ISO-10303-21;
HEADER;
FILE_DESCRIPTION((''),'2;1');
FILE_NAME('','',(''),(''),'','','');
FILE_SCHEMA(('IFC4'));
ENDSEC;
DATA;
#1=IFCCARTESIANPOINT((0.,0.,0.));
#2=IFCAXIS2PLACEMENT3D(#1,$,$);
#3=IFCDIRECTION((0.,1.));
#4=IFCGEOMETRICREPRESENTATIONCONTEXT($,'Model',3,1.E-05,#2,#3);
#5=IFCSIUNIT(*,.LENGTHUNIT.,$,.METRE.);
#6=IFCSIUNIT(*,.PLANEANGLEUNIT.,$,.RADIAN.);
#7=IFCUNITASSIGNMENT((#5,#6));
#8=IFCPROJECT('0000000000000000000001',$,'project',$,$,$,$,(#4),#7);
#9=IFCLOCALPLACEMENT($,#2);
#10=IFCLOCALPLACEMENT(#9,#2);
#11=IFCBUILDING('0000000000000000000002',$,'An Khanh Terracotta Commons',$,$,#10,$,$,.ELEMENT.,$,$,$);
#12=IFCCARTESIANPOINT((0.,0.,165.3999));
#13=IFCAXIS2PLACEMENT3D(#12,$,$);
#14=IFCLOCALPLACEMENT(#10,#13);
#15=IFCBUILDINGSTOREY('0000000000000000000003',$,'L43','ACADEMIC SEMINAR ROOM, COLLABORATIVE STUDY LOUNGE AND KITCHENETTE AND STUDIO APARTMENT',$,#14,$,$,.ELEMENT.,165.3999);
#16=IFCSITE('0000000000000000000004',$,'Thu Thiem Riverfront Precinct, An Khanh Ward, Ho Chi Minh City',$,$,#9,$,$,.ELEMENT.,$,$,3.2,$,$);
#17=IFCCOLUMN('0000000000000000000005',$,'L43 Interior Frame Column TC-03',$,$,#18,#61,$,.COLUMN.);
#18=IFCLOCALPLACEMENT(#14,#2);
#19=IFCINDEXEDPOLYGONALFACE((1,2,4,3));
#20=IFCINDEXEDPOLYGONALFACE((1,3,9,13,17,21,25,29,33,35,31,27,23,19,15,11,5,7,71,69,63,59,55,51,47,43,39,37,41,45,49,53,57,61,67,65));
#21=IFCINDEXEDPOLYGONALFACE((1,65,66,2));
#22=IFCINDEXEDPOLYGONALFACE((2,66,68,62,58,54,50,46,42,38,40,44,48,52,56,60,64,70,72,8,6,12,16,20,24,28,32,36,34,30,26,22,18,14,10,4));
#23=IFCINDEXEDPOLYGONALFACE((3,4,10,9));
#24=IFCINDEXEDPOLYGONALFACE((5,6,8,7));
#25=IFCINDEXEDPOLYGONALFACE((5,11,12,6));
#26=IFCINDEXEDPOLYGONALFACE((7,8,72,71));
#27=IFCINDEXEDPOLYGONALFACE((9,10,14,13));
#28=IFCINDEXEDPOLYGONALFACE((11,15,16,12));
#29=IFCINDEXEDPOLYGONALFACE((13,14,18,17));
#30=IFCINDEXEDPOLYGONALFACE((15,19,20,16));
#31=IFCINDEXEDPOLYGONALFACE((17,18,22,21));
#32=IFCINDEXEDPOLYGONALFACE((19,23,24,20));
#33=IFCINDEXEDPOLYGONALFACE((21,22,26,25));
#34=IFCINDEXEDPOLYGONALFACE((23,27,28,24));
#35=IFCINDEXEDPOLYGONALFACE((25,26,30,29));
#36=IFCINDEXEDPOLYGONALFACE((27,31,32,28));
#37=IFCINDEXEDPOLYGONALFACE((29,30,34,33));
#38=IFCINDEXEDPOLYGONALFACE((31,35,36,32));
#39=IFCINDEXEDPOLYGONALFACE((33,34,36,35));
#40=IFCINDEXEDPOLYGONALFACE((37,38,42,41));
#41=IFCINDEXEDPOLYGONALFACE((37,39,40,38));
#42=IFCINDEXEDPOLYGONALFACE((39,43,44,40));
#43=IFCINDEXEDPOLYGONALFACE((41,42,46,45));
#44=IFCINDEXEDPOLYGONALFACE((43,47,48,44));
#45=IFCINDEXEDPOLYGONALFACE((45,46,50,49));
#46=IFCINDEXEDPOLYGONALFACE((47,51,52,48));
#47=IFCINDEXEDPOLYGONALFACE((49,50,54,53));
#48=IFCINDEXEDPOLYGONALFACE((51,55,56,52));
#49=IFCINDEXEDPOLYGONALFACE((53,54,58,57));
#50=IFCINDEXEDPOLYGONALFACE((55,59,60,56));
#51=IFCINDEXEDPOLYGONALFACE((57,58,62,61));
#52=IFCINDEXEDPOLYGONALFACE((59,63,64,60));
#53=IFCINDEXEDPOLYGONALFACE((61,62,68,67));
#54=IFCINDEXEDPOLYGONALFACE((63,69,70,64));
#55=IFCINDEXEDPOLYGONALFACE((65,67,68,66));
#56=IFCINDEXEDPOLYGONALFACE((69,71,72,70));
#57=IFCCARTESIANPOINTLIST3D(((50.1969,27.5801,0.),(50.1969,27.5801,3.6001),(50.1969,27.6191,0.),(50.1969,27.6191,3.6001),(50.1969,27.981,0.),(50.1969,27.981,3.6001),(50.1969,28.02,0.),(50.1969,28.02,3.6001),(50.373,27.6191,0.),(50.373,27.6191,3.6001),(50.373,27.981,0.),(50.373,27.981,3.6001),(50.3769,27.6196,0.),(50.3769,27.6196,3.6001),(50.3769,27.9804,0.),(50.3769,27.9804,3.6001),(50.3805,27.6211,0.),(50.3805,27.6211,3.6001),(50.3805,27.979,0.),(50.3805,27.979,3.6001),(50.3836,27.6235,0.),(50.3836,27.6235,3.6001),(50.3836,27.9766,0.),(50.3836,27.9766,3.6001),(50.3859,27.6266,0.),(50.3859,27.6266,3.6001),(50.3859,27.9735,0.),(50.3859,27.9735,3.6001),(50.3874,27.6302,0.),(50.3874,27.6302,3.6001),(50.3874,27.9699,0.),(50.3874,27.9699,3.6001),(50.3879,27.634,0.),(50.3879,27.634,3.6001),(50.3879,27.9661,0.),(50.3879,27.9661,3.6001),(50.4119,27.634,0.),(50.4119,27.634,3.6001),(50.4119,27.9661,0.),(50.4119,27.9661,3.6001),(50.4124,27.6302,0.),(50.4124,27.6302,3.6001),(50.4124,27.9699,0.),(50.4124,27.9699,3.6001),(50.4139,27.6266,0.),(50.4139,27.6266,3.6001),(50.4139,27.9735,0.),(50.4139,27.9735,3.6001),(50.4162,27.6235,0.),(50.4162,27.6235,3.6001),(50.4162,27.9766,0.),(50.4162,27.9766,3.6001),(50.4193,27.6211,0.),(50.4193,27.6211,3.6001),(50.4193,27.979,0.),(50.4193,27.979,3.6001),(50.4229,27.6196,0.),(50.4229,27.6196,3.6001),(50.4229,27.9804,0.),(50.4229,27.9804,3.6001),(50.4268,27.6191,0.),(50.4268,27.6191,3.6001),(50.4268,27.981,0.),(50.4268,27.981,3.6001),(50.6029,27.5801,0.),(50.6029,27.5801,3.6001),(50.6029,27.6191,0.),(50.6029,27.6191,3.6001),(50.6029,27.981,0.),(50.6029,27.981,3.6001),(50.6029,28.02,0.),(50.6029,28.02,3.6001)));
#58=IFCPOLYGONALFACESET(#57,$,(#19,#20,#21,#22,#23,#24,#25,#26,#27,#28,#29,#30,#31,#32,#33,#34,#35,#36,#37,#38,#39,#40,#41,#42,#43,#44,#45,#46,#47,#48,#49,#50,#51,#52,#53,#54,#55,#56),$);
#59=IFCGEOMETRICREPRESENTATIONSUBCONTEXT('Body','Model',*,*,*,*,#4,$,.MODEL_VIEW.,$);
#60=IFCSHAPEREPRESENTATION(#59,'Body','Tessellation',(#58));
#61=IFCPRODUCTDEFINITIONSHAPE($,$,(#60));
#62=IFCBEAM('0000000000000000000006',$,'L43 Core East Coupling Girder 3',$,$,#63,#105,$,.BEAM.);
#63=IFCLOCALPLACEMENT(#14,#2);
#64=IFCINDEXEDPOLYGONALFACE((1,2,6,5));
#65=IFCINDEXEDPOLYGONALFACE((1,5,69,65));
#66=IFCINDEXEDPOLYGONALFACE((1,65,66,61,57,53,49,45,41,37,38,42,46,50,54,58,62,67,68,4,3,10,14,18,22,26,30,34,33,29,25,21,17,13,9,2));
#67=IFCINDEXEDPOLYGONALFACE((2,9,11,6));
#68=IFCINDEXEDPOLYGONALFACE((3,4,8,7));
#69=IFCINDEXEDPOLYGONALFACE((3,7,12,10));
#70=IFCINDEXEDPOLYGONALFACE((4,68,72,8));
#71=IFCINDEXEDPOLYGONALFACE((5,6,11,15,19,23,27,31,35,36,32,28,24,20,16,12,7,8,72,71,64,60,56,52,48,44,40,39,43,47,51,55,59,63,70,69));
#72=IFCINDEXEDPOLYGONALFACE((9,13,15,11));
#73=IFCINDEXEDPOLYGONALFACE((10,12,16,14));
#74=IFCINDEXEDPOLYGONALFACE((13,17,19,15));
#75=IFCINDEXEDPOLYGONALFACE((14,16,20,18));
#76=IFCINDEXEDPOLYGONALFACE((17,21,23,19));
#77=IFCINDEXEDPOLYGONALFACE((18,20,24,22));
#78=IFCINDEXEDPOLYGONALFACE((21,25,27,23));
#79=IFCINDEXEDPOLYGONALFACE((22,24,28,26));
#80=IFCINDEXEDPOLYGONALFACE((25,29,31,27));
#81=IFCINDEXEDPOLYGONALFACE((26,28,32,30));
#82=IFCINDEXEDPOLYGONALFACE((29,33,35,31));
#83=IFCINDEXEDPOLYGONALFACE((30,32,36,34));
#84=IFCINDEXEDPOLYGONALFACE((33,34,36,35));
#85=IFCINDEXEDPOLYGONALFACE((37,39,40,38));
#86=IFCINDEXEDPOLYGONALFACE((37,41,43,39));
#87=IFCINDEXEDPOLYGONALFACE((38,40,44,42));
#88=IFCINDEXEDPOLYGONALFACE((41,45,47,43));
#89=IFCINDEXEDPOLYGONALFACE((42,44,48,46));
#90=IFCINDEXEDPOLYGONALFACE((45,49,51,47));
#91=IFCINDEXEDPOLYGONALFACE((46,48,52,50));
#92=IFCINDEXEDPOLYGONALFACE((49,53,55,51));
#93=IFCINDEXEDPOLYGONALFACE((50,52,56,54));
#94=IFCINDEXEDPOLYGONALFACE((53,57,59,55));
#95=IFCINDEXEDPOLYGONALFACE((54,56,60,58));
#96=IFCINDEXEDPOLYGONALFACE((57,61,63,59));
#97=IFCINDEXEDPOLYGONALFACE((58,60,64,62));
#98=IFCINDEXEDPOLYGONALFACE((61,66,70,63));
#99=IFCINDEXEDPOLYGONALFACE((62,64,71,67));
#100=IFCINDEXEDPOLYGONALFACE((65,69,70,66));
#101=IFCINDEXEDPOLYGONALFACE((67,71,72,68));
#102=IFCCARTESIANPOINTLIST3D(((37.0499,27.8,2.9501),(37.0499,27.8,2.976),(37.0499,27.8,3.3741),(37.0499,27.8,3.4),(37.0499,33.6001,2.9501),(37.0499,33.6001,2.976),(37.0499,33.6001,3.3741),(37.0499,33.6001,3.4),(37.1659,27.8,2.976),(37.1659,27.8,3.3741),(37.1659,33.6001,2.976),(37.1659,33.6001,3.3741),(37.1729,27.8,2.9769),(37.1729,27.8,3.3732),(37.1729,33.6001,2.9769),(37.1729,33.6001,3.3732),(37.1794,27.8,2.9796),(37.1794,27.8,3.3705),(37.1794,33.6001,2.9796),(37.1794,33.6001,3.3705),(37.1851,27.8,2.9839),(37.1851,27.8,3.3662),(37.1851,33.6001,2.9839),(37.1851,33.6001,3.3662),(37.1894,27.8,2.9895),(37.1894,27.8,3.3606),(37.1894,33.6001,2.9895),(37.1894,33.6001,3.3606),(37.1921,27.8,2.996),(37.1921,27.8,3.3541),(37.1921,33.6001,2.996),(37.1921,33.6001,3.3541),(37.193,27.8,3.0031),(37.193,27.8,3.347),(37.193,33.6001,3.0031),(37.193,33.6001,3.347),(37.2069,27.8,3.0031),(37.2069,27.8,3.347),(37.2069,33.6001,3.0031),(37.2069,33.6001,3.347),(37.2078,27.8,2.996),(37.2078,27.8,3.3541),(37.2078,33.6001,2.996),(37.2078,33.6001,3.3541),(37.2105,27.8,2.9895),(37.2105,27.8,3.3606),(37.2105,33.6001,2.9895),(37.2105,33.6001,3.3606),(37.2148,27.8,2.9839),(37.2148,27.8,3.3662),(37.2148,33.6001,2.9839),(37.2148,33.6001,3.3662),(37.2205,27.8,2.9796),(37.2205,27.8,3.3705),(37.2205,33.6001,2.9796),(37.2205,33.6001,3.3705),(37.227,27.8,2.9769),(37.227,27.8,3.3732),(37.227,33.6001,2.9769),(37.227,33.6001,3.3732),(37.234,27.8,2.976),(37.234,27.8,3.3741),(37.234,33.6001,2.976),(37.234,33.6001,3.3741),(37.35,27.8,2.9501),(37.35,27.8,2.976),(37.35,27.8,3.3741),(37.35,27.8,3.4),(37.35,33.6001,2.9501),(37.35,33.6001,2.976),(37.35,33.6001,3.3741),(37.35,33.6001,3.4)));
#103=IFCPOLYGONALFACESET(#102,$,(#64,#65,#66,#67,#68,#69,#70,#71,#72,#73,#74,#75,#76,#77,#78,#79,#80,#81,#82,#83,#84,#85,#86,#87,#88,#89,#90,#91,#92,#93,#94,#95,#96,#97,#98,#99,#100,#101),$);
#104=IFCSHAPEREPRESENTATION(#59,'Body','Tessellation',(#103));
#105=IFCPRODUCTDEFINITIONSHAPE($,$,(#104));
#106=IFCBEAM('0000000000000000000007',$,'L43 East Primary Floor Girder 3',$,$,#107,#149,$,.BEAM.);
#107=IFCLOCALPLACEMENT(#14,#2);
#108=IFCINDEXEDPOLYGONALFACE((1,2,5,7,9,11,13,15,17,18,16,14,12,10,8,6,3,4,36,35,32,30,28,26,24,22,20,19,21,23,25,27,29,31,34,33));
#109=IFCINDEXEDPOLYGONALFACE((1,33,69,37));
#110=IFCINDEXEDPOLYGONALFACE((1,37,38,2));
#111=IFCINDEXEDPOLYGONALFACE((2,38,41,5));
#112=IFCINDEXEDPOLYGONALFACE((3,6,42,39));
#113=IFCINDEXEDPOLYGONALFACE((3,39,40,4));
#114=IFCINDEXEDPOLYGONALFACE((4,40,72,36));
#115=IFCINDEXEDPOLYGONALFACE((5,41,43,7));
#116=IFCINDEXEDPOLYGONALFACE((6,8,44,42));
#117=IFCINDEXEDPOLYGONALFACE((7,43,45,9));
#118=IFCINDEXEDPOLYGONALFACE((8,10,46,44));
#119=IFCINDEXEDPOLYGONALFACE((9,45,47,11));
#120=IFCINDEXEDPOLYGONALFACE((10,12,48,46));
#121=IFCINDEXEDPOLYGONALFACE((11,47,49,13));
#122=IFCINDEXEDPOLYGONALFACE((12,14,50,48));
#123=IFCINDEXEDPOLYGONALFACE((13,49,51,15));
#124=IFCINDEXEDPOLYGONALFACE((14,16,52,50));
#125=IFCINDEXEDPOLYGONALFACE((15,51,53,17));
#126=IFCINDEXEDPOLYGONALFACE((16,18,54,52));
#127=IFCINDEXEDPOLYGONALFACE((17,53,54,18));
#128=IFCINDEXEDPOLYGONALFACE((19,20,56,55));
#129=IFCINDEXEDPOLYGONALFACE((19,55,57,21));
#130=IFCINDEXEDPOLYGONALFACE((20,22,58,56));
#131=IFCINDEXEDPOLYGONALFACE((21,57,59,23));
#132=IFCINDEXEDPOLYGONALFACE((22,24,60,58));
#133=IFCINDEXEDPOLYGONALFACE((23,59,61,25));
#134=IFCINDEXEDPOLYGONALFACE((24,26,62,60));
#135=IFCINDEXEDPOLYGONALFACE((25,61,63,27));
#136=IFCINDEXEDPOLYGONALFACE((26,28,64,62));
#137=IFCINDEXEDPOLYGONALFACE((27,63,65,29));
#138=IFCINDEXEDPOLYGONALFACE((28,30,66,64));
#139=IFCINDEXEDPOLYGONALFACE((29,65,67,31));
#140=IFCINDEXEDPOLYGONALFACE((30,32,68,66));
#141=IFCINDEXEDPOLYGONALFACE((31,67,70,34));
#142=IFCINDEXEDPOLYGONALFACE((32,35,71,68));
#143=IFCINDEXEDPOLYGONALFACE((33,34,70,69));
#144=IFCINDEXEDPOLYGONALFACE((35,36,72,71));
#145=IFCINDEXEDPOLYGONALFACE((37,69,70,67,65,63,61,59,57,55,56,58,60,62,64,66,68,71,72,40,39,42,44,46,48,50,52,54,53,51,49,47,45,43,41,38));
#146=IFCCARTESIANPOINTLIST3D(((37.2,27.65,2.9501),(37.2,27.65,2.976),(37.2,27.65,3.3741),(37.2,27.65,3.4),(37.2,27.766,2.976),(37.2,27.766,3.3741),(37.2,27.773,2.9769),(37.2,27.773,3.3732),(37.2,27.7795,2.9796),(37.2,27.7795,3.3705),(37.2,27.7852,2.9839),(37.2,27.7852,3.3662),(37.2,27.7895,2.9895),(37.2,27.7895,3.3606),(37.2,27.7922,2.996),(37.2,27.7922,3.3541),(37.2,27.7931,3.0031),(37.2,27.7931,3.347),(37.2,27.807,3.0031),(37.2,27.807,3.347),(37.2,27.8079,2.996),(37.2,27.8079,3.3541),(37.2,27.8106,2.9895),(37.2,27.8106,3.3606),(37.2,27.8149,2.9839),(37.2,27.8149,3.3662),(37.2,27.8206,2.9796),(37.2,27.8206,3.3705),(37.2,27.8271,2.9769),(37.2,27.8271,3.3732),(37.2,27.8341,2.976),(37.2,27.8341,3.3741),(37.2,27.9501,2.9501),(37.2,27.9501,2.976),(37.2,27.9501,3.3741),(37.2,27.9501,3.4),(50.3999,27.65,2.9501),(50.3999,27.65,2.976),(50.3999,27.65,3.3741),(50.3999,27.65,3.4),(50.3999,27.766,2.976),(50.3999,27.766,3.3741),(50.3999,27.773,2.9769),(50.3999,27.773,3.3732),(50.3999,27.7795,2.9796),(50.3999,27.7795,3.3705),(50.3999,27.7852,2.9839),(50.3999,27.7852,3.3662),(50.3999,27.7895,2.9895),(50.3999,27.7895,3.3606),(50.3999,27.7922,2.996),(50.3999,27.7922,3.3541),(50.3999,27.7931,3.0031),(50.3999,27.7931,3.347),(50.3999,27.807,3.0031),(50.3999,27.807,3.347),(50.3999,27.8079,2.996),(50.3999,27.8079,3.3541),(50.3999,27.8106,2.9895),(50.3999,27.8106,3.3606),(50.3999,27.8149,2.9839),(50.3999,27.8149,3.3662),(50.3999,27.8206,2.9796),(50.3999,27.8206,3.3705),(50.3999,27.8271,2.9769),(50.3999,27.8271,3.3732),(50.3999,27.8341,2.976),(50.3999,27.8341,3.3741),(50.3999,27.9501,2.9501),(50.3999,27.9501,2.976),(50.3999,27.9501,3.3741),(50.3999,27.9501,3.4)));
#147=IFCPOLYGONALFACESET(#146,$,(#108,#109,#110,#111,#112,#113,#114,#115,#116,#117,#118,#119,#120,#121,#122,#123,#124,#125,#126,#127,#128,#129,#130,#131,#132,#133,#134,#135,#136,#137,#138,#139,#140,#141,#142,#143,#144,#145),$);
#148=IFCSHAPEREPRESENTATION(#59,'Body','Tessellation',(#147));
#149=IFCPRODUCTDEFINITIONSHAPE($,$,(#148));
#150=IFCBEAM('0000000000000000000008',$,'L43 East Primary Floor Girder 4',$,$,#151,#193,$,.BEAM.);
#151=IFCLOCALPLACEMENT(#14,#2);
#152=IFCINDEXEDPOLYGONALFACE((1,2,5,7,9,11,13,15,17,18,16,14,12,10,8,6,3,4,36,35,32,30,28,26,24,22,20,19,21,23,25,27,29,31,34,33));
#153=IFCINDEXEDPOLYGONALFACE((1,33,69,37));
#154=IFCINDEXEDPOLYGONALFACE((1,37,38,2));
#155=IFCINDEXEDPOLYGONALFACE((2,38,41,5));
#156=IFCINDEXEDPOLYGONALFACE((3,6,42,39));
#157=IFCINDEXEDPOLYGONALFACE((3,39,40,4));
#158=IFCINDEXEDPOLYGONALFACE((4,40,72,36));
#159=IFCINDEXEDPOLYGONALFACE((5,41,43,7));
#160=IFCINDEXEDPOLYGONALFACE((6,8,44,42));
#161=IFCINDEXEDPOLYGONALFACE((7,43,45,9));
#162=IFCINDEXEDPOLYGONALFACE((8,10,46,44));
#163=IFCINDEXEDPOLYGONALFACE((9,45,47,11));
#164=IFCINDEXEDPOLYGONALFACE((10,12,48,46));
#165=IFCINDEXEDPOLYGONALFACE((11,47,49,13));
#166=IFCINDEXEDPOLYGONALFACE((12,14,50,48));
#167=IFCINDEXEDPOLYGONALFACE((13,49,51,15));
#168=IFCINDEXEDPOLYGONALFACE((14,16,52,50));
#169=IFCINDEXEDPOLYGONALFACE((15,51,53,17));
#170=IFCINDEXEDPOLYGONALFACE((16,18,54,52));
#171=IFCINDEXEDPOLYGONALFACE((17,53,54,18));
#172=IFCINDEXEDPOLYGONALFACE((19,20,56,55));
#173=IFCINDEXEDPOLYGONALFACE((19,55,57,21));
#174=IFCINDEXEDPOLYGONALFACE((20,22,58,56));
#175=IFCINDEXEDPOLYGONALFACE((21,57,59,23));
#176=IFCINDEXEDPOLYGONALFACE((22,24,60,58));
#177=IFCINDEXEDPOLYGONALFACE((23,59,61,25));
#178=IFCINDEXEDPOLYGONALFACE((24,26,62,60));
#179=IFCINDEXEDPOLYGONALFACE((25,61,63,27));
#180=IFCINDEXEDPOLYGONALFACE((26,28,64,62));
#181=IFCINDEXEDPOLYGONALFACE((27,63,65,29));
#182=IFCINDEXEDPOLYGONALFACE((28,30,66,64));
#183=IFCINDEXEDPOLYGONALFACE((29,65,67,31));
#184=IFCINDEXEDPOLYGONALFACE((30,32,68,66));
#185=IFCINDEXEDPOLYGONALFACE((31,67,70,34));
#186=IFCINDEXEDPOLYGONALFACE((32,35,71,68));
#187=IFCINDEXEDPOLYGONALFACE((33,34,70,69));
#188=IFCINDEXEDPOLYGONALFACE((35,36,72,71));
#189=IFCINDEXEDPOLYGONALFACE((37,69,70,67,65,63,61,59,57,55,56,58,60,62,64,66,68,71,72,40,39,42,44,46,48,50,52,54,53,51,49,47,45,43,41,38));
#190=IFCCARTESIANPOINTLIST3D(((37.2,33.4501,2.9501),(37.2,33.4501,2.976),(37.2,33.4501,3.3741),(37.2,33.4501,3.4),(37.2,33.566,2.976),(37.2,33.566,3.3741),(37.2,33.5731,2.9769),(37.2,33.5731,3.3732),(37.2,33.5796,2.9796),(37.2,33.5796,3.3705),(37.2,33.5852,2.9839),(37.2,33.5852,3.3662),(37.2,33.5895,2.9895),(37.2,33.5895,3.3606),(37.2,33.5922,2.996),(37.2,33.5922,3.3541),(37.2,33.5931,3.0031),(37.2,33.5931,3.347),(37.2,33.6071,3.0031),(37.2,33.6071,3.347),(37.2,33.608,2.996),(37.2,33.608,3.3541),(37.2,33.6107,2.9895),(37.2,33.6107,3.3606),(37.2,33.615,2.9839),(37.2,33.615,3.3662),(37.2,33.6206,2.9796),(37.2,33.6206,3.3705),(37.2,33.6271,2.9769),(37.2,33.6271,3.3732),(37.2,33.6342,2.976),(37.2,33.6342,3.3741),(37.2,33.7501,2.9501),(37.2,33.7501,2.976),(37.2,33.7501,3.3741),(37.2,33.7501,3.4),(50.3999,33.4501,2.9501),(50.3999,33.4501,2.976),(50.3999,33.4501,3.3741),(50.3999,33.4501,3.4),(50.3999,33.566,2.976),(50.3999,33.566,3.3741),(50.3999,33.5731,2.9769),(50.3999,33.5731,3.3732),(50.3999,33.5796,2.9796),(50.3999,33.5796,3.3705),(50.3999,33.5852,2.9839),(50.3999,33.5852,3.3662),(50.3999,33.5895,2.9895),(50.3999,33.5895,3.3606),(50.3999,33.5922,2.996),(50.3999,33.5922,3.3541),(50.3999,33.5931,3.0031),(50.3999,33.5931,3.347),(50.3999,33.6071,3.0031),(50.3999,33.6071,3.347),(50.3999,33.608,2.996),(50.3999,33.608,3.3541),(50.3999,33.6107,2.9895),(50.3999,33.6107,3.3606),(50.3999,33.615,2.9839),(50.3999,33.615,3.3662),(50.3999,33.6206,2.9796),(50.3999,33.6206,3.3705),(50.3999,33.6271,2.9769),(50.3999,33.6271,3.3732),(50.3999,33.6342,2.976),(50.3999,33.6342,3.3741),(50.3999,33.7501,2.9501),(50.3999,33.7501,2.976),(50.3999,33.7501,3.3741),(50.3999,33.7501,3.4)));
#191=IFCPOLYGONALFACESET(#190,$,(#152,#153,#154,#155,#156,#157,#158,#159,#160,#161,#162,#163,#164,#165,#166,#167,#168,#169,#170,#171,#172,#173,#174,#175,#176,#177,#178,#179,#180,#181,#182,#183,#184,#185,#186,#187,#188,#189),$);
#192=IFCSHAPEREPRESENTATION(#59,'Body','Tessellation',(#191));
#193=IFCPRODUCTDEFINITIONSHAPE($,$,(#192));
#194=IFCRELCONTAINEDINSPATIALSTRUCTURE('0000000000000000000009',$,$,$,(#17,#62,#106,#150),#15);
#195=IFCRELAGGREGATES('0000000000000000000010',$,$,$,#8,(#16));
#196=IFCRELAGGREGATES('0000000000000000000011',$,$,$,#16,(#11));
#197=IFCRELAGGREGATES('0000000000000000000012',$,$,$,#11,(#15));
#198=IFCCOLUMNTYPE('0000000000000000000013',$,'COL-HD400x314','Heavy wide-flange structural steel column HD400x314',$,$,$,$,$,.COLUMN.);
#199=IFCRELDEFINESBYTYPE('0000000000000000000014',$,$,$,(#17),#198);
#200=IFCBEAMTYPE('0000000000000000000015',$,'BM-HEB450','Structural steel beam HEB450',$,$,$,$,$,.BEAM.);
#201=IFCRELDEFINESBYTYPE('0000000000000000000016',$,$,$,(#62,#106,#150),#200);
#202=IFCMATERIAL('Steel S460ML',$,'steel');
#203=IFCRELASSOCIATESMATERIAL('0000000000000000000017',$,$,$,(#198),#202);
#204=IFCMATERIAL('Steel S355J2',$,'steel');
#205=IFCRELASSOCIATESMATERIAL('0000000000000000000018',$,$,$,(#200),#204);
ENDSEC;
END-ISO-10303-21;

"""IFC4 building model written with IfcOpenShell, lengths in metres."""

from ifc_helpers import new_model, si_unit, direction, frame, origin, origin_2d, place, context, subcontext, project, spatial, i_section, extrude, material, material_profile, profile_set, type_object, element, save


model = new_model("IFC4")

# Units and contexts
model_context = context("Model", 3, precision=1e-05, world=origin(), true_north=direction((0.0, 1.0)))
body_context = subcontext(model_context, "Body", "Model", "MODEL_VIEW")
ifc_project = project(units=[si_unit("LENGTHUNIT", "METRE"), si_unit("PLANEANGLEUNIT", "RADIAN")], contexts=[model_context])

# Site, building, storey
site_placement = place(None, origin())
site = spatial("IfcSite", under=ifc_project, at=site_placement, Name="Thu Thiem Riverfront Precinct, An Khanh Ward, Ho Chi Minh City", CompositionType="ELEMENT", RefElevation=3.2)
building_placement = place(site_placement, origin())
building = spatial("IfcBuilding", under=site, at=building_placement, Name="An Khanh Terracotta Commons", CompositionType="ELEMENT")
storey_placement = place(building_placement, frame((0.0, 0.0, 165.3999)))
storey = spatial("IfcBuildingStorey", under=building, at=storey_placement, Name="L43", Description="ACADEMIC SEMINAR ROOM, COLLABORATIVE STUDY LOUNGE AND KITCHENETTE AND STUDIO APARTMENT", CompositionType="ELEMENT", Elevation=165.3999)

# Column
ifc_material_1 = material(Name="Steel S460ML", Category="steel")
ifc_material_profile_1 = material_profile(ifc_material_1, i_section(OverallWidth=0.406, OverallDepth=0.4399, WebThickness=0.0239, FlangeThickness=0.0391, FilletRadius=0.0149, at=origin_2d()), Name="HD400x314")
ifc_profile_set_1 = profile_set([ifc_material_profile_1], Name="Steel S460ML")
column_type = type_object("IfcColumnType", Name="COL-HD400x314", Description="Heavy wide-flange structural steel column HD400x314", PredefinedType="COLUMN", material=ifc_profile_set_1)
column_placement = place(storey_placement, frame((50.3999, 27.8, 0.0), z_axis=(0.0, 0.0, 1.0), x_axis=(1.0, 0.0, 0.0)))
element("IfcColumn", 1, at=column_placement, inside=storey, type_object=column_type, Name="L43 Interior Frame Column TC-03", PredefinedType="COLUMN", context=body_context, shape_type="SweptSolid", body=[
    extrude(i_section(OverallWidth=0.406, OverallDepth=0.4399, WebThickness=0.0239, FlangeThickness=0.0391, FilletRadius=0.0149, at=origin_2d()), origin(), (0.0, 0.0, 1.0), 3.6001),
])

# Beams
ifc_material_2 = material(Name="Steel S355J2", Category="steel")
ifc_material_profile_2 = material_profile(ifc_material_2, i_section(OverallWidth=0.3, OverallDepth=0.45, WebThickness=0.0139, FlangeThickness=0.0259, FilletRadius=0.0271, at=origin_2d()), Name="HEB450")
ifc_profile_set_2 = profile_set([ifc_material_profile_2], Name="Steel S355J2")
beam_type_1 = type_object("IfcBeamType", Name="BM-HEB450", Description="Structural steel beam HEB450", PredefinedType="BEAM", material=ifc_profile_set_2)
beam_1_placement = place(storey_placement, frame((37.2, 27.8, 3.175), z_axis=(0.0, 1.0, 0.0), x_axis=(-1.0, 0.0, 0.0)))
element("IfcBeam", 2, at=beam_1_placement, inside=storey, type_object=beam_type_1, Name="L43 Core East Coupling Girder 3", PredefinedType="BEAM", context=body_context, shape_type="SweptSolid", body=[
    extrude(i_section(OverallWidth=0.3, OverallDepth=0.45, WebThickness=0.0139, FlangeThickness=0.0259, FilletRadius=0.0271, at=origin_2d()), origin(), (0.0, 0.0, 1.0), 5.8),
])
for number, where, z_axis, x_axis, name in (
    (3, (37.2, 27.8, 3.175), (1.0, 0.0, 0.0), (0.0, 1.0, 0.0), "L43 East Primary Floor Girder 3"),
    (4, (37.2, 33.6001, 3.175), (1.0, 0.0, 0.0), (0.0, 1.0, 0.0), "L43 East Primary Floor Girder 4"),
):
    element("IfcBeam", number, at=place(storey_placement, frame(where, z_axis=z_axis, x_axis=x_axis)), inside=storey, type_object=beam_type_1, Name=name, PredefinedType="BEAM", context=body_context, shape_type="SweptSolid", body=[
        extrude(i_section(OverallWidth=0.3, OverallDepth=0.45, WebThickness=0.0139, FlangeThickness=0.0259, FilletRadius=0.0271, at=origin_2d()), origin(), (0.0, 0.0, 1.0), 13.2),
    ])

save(model, "model.ifc")
